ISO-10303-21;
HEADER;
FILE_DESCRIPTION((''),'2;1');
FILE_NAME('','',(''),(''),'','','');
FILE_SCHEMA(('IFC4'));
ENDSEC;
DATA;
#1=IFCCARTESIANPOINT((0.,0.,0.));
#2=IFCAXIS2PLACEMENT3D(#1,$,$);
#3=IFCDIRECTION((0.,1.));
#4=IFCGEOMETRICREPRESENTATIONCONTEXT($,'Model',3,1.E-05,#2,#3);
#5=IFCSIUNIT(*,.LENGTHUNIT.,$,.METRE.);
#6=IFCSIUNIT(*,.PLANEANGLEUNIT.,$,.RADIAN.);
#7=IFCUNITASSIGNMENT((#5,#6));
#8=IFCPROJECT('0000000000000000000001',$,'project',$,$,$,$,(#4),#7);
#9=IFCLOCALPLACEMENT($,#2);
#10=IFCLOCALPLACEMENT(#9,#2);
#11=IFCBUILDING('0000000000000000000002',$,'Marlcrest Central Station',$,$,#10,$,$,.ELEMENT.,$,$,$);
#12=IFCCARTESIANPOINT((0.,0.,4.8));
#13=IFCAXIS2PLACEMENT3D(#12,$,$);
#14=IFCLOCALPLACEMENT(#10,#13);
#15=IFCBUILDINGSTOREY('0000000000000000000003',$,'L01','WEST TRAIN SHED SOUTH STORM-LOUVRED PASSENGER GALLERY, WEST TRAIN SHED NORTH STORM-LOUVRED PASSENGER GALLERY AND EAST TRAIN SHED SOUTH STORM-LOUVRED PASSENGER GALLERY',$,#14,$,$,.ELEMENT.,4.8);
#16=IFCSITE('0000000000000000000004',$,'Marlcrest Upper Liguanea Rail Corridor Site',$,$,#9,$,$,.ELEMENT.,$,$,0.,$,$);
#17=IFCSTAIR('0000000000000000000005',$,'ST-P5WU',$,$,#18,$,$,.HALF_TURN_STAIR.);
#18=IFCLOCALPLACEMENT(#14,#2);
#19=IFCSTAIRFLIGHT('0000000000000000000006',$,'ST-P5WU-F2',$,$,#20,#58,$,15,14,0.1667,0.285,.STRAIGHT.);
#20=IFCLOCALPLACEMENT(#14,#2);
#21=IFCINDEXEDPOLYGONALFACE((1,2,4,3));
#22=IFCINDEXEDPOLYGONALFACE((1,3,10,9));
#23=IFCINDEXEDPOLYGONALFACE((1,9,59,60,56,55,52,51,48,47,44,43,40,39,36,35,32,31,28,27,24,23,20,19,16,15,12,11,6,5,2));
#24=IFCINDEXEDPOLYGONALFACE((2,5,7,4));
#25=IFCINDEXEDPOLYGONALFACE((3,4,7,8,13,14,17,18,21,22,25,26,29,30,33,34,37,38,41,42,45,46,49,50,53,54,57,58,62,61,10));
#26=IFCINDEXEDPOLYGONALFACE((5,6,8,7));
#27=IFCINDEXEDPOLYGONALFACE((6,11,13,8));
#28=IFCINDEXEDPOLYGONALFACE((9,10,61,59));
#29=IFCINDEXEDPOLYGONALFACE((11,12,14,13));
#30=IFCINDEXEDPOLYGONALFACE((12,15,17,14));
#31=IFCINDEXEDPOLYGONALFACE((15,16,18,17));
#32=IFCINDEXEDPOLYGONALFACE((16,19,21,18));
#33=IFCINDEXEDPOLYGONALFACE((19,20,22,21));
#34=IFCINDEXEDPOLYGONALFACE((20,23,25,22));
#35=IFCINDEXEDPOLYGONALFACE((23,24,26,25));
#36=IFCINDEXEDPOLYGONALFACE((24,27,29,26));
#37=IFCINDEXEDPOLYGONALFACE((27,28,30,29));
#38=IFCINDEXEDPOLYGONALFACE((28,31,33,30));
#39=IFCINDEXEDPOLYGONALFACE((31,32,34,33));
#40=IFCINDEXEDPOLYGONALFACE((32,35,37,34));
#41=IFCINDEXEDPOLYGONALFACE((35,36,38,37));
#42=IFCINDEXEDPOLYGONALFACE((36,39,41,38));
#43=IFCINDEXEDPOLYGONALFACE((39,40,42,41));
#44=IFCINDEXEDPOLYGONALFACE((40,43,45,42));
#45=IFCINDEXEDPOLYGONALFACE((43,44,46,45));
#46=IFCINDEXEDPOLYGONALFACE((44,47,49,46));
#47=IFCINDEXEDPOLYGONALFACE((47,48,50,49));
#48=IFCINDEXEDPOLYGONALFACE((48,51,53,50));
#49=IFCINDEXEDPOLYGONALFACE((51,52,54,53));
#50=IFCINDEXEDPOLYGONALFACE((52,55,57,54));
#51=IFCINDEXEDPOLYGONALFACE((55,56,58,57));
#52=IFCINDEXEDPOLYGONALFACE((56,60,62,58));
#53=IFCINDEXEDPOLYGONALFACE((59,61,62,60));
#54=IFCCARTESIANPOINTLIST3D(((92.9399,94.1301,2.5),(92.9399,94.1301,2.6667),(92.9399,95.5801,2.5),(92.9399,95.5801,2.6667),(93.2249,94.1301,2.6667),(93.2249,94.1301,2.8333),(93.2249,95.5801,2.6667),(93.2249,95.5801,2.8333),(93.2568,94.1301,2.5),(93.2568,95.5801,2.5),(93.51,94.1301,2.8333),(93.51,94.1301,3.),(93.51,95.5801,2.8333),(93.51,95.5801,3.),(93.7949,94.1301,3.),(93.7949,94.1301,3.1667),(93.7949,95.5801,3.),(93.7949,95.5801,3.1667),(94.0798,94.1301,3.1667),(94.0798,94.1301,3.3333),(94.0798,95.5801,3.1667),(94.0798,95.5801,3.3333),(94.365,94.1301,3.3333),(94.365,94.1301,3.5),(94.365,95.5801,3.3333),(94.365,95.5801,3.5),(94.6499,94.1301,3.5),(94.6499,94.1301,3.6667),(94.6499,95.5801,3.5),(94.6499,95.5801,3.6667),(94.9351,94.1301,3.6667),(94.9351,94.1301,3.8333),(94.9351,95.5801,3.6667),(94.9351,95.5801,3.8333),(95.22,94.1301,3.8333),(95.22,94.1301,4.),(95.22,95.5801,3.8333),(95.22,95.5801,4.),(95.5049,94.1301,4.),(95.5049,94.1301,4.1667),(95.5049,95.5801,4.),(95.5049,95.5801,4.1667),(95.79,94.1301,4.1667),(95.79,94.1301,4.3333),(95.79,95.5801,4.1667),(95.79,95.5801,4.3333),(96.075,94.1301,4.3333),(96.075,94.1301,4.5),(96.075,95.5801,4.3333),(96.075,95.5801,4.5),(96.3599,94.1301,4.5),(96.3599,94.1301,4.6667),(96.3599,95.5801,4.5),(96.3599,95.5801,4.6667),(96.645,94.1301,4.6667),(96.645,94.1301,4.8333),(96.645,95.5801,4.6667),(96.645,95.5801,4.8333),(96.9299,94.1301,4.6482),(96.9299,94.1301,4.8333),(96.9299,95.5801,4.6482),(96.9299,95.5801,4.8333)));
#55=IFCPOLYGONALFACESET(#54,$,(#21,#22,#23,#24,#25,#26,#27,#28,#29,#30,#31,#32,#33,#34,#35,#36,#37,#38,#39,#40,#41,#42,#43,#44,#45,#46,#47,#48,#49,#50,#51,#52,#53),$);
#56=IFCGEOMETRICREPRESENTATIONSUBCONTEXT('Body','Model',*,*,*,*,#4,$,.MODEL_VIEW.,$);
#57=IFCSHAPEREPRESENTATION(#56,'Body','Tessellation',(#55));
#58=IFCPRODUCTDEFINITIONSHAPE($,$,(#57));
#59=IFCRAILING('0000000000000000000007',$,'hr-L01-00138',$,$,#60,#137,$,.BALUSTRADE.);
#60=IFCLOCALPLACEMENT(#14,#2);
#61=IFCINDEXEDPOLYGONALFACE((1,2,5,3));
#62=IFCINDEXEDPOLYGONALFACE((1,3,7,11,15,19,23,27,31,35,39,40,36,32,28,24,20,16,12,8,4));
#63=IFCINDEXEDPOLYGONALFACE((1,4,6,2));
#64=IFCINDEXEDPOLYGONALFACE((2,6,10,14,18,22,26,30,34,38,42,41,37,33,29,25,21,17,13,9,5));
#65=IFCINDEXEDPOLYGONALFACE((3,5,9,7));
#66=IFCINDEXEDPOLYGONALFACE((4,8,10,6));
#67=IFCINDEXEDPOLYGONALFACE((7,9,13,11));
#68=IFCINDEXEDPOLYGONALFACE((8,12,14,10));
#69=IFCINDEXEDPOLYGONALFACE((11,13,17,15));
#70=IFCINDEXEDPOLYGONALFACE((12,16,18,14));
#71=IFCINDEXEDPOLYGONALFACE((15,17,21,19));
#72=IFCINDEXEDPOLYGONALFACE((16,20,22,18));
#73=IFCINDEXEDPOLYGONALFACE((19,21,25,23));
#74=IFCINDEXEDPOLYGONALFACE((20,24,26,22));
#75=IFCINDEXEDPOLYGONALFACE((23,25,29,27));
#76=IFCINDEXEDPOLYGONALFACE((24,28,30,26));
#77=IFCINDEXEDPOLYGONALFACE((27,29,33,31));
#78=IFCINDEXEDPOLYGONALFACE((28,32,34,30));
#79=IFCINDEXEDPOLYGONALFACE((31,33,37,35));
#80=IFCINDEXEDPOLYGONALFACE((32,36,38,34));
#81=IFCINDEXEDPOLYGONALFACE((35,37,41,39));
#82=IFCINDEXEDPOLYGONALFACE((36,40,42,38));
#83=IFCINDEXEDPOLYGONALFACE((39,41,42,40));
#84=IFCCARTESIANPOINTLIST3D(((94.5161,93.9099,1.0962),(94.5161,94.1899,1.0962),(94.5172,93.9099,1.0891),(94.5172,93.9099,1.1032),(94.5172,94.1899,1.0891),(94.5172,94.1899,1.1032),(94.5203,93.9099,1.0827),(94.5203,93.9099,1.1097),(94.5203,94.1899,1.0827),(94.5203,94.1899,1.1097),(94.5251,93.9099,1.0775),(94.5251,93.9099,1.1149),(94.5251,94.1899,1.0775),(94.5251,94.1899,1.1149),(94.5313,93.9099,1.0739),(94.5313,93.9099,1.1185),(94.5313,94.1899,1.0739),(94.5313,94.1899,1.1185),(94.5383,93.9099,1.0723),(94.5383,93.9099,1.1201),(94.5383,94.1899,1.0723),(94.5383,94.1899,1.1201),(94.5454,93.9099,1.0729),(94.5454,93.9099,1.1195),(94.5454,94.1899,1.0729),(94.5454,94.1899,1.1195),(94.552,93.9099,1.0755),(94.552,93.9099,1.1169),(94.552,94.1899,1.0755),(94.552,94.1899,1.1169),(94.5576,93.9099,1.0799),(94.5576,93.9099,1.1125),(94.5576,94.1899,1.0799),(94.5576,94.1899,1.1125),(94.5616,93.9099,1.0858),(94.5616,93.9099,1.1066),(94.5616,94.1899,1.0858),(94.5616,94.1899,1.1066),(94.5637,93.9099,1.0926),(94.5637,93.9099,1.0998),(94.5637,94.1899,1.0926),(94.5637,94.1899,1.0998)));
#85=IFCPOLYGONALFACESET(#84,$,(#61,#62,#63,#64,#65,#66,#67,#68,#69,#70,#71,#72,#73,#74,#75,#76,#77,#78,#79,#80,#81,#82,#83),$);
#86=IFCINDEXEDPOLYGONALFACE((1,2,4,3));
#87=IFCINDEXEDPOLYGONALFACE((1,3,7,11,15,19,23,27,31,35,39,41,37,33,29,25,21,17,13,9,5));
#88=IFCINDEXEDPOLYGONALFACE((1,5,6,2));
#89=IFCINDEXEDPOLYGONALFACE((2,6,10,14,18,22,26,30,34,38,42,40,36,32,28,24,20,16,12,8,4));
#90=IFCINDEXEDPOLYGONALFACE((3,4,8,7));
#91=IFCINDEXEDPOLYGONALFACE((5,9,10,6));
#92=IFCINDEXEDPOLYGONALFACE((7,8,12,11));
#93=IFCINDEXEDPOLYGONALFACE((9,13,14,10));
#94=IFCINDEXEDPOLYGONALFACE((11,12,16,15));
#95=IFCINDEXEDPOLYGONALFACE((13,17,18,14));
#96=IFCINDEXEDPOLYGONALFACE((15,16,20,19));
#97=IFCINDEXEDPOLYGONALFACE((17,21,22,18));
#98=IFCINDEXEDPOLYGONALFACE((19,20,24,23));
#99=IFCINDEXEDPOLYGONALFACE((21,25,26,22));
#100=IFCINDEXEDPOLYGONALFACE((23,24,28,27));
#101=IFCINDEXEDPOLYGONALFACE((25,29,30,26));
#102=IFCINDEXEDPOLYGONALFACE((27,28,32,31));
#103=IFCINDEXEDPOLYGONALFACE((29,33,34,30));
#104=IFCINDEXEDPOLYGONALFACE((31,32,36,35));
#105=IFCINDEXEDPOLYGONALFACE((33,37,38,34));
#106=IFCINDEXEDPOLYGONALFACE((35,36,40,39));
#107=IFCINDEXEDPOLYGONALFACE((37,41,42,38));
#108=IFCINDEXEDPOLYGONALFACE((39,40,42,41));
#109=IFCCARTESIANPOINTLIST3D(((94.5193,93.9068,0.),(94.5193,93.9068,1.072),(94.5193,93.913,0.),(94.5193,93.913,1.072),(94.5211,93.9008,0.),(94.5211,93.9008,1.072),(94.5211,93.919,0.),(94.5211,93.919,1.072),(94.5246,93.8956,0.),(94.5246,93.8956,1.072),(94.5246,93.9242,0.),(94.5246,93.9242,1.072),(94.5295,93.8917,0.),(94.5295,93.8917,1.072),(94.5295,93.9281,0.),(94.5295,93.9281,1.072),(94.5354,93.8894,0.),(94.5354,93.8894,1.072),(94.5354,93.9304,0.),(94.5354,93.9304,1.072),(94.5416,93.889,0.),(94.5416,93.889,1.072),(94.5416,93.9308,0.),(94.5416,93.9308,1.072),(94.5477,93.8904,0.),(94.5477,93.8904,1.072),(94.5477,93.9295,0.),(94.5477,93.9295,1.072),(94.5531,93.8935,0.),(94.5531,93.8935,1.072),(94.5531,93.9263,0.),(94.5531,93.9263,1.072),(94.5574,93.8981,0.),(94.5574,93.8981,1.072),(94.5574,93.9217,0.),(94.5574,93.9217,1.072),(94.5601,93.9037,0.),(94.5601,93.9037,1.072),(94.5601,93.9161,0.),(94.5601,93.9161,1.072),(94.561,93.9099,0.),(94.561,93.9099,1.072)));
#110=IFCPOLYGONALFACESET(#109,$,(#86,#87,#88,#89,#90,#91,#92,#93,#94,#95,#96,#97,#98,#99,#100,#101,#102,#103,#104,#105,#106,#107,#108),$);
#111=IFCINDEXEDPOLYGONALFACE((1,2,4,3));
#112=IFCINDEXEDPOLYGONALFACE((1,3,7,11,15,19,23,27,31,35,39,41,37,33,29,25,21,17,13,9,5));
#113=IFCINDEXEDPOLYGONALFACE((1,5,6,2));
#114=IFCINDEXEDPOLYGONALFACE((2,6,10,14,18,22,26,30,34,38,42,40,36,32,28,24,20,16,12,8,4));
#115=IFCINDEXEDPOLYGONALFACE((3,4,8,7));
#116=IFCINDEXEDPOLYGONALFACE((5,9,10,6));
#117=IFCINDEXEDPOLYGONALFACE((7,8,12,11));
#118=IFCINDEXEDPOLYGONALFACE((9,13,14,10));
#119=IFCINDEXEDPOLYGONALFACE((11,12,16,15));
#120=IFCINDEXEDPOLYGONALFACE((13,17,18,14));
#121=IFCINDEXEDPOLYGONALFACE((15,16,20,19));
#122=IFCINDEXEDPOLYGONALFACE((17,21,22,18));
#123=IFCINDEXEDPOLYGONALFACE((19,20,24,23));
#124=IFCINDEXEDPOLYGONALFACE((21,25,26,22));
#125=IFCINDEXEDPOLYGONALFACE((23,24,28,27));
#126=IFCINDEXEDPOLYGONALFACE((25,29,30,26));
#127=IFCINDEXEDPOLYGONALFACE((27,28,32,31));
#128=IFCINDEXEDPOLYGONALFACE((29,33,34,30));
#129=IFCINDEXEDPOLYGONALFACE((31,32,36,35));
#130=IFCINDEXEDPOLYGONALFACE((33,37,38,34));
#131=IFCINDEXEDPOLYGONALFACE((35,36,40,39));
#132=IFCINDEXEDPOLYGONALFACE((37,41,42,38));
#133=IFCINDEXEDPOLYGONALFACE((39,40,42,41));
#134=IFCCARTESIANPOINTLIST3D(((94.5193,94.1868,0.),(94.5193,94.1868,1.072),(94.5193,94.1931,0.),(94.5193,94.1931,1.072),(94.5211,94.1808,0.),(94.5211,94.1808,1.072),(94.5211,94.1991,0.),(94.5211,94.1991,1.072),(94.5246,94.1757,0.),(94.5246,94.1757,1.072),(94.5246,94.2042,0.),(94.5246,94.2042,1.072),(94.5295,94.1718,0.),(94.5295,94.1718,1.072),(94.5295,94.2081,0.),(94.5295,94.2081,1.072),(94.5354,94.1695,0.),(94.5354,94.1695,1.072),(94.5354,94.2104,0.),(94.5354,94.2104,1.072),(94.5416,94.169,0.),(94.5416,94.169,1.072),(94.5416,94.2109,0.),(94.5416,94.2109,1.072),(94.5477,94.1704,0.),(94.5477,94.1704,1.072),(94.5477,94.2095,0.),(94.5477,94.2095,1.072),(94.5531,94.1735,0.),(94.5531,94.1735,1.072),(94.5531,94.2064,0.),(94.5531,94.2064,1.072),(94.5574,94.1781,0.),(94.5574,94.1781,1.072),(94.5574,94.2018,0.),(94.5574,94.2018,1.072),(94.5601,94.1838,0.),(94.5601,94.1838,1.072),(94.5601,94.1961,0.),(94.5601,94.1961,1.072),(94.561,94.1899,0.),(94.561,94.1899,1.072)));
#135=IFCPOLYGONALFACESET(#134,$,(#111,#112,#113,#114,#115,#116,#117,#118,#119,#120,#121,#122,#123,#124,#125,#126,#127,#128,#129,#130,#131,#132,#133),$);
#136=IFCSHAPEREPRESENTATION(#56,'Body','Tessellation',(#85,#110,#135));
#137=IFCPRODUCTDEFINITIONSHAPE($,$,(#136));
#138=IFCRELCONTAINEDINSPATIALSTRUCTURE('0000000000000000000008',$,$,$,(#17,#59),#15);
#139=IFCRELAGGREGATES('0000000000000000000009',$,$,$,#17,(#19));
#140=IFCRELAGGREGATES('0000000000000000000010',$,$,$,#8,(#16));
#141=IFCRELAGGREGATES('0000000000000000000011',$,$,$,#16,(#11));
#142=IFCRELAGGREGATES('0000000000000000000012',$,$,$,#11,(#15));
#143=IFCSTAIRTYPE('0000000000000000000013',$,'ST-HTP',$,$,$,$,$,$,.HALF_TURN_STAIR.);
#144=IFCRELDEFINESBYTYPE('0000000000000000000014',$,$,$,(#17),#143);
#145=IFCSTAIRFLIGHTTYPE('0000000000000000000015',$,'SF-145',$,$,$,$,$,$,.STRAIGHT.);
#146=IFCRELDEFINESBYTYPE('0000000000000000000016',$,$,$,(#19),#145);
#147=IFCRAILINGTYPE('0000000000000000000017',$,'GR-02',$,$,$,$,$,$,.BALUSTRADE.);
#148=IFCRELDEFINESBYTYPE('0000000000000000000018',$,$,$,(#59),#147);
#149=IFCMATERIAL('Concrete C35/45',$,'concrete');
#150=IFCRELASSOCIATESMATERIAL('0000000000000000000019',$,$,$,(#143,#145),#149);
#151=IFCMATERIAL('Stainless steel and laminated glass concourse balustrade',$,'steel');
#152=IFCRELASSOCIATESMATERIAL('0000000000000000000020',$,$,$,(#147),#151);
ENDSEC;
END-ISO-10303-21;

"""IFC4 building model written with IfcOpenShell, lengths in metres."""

from ifc_helpers import new_model, si_unit, direction, frame, origin, origin_2d, place, context, subcontext, project, spatial, polyline, circle, outline, extrude, material, type_object, element, aggregate, save


model = new_model("IFC4")

# Units and contexts
model_context = context("Model", 3, precision=1e-05, world=origin(), true_north=direction((0.0, 1.0)))
body_context = subcontext(model_context, "Body", "Model", "MODEL_VIEW")
ifc_project = project(units=[si_unit("LENGTHUNIT", "METRE"), si_unit("PLANEANGLEUNIT", "RADIAN")], contexts=[model_context])

# Site, building, storey
site_placement = place(None, origin())
site = spatial("IfcSite", under=ifc_project, at=site_placement, Name="Marlcrest Upper Liguanea Rail Corridor Site", CompositionType="ELEMENT", RefElevation=0.0)
building_placement = place(site_placement, origin())
building = spatial("IfcBuilding", under=site, at=building_placement, Name="Marlcrest Central Station", CompositionType="ELEMENT")
storey_placement = place(building_placement, frame((0.0, 0.0, 4.8)))
storey = spatial("IfcBuildingStorey", under=building, at=storey_placement, Name="L01", Description="WEST TRAIN SHED SOUTH STORM-LOUVRED PASSENGER GALLERY, WEST TRAIN SHED NORTH STORM-LOUVRED PASSENGER GALLERY AND EAST TRAIN SHED SOUTH STORM-LOUVRED PASSENGER GALLERY", CompositionType="ELEMENT", Elevation=4.8)

# Stair, stair flight
ifc_material_1 = material(Name="Concrete C35/45", Category="concrete")
stair_type = type_object("IfcStairType", Name="ST-HTP", PredefinedType="HALF_TURN_STAIR", material=ifc_material_1)
stair_placement = place(storey_placement, origin())
stair = element("IfcStair", 1, at=stair_placement, inside=storey, type_object=stair_type, Name="ST-P5WU", PredefinedType="HALF_TURN_STAIR")
stair_flight_type = type_object("IfcStairFlightType", Name="SF-145", PredefinedType="STRAIGHT", material=ifc_material_1)
stair_flight_1_placement = place(storey_placement, frame((92.9399, 94.855, 2.5), z_axis=(0.0, 0.0, 1.0), x_axis=(1.0, 0.0, 0.0)))
stair_flight_1 = element("IfcStairFlight", 2, at=stair_flight_1_placement, type_object=stair_flight_type, Name="ST-P5WU-F2", NumberOfRisers=15, NumberOfTreads=14, PredefinedType="STRAIGHT", RiserHeight=0.1667, TreadLength=0.285, context=body_context, shape_type="SweptSolid", body=[
    extrude(outline(polyline([(0.0, 0.0), (0.0, 0.1667), (0.2849, 0.1667), (0.2849, 0.3333), (0.5701, 0.3333), (0.5701, 0.5), (0.855, 0.5), (0.855, 0.6667), (1.1399, 0.6667), (1.1399, 0.8333), (1.425, 0.8333), (1.425, 1.0), (1.71, 1.0), (1.71, 1.1667), (1.9951, 1.1667), (1.9951, 1.3333), (2.28, 1.3333), (2.28, 1.5), (2.5649, 1.5), (2.5649, 1.6667), (2.8501, 1.6667), (2.8501, 1.8333), (3.135, 1.8333), (3.135, 2.0), (3.4199, 2.0), (3.4199, 2.1667), (3.7051, 2.1667), (3.7051, 2.3333), (3.99, 2.3333), (3.99, 2.5), (3.99, 2.1482), (0.3169, 0.0), (0.0, 0.0)])), frame((0.0, 0.7251, 0.0), z_axis=(0.0, -1.0, 0.0), x_axis=(1.0, 0.0, 0.0)), (0.0, 0.0, 1.0), 1.45),
])
aggregate(stair, [stair_flight_1])

# Railing
ifc_material_2 = material(Name="Stainless steel and laminated glass concourse balustrade", Category="steel")
railing_type_1 = type_object("IfcRailingType", Name="GR-02", PredefinedType="BALUSTRADE", material=ifc_material_2)
railing_1_placement = place(storey_placement, frame((94.54, 93.9099, 0.0)))
element("IfcRailing", 3, at=railing_1_placement, inside=storey, type_object=railing_type_1, Name="hr-L01-00138", PredefinedType="BALUSTRADE", context=body_context, shape_type="SweptSolid", body=[
    extrude(circle(Radius=0.0239, at=origin_2d()), frame((0.0, 0.0, 1.0962), z_axis=(0.0, 1.0, 0.0), x_axis=(-1.0, 0.0, 0.0)), (0.0, 0.0, 1.0), 0.28),
    extrude(circle(Radius=0.021, at=origin_2d()), origin(), (0.0, 0.0, 1.0), 1.072),
    extrude(circle(Radius=0.021, at=origin_2d()), frame((0.0, 0.28, 0.0)), (0.0, 0.0, 1.0), 1.072),
])

save(model, "model.ifc")
